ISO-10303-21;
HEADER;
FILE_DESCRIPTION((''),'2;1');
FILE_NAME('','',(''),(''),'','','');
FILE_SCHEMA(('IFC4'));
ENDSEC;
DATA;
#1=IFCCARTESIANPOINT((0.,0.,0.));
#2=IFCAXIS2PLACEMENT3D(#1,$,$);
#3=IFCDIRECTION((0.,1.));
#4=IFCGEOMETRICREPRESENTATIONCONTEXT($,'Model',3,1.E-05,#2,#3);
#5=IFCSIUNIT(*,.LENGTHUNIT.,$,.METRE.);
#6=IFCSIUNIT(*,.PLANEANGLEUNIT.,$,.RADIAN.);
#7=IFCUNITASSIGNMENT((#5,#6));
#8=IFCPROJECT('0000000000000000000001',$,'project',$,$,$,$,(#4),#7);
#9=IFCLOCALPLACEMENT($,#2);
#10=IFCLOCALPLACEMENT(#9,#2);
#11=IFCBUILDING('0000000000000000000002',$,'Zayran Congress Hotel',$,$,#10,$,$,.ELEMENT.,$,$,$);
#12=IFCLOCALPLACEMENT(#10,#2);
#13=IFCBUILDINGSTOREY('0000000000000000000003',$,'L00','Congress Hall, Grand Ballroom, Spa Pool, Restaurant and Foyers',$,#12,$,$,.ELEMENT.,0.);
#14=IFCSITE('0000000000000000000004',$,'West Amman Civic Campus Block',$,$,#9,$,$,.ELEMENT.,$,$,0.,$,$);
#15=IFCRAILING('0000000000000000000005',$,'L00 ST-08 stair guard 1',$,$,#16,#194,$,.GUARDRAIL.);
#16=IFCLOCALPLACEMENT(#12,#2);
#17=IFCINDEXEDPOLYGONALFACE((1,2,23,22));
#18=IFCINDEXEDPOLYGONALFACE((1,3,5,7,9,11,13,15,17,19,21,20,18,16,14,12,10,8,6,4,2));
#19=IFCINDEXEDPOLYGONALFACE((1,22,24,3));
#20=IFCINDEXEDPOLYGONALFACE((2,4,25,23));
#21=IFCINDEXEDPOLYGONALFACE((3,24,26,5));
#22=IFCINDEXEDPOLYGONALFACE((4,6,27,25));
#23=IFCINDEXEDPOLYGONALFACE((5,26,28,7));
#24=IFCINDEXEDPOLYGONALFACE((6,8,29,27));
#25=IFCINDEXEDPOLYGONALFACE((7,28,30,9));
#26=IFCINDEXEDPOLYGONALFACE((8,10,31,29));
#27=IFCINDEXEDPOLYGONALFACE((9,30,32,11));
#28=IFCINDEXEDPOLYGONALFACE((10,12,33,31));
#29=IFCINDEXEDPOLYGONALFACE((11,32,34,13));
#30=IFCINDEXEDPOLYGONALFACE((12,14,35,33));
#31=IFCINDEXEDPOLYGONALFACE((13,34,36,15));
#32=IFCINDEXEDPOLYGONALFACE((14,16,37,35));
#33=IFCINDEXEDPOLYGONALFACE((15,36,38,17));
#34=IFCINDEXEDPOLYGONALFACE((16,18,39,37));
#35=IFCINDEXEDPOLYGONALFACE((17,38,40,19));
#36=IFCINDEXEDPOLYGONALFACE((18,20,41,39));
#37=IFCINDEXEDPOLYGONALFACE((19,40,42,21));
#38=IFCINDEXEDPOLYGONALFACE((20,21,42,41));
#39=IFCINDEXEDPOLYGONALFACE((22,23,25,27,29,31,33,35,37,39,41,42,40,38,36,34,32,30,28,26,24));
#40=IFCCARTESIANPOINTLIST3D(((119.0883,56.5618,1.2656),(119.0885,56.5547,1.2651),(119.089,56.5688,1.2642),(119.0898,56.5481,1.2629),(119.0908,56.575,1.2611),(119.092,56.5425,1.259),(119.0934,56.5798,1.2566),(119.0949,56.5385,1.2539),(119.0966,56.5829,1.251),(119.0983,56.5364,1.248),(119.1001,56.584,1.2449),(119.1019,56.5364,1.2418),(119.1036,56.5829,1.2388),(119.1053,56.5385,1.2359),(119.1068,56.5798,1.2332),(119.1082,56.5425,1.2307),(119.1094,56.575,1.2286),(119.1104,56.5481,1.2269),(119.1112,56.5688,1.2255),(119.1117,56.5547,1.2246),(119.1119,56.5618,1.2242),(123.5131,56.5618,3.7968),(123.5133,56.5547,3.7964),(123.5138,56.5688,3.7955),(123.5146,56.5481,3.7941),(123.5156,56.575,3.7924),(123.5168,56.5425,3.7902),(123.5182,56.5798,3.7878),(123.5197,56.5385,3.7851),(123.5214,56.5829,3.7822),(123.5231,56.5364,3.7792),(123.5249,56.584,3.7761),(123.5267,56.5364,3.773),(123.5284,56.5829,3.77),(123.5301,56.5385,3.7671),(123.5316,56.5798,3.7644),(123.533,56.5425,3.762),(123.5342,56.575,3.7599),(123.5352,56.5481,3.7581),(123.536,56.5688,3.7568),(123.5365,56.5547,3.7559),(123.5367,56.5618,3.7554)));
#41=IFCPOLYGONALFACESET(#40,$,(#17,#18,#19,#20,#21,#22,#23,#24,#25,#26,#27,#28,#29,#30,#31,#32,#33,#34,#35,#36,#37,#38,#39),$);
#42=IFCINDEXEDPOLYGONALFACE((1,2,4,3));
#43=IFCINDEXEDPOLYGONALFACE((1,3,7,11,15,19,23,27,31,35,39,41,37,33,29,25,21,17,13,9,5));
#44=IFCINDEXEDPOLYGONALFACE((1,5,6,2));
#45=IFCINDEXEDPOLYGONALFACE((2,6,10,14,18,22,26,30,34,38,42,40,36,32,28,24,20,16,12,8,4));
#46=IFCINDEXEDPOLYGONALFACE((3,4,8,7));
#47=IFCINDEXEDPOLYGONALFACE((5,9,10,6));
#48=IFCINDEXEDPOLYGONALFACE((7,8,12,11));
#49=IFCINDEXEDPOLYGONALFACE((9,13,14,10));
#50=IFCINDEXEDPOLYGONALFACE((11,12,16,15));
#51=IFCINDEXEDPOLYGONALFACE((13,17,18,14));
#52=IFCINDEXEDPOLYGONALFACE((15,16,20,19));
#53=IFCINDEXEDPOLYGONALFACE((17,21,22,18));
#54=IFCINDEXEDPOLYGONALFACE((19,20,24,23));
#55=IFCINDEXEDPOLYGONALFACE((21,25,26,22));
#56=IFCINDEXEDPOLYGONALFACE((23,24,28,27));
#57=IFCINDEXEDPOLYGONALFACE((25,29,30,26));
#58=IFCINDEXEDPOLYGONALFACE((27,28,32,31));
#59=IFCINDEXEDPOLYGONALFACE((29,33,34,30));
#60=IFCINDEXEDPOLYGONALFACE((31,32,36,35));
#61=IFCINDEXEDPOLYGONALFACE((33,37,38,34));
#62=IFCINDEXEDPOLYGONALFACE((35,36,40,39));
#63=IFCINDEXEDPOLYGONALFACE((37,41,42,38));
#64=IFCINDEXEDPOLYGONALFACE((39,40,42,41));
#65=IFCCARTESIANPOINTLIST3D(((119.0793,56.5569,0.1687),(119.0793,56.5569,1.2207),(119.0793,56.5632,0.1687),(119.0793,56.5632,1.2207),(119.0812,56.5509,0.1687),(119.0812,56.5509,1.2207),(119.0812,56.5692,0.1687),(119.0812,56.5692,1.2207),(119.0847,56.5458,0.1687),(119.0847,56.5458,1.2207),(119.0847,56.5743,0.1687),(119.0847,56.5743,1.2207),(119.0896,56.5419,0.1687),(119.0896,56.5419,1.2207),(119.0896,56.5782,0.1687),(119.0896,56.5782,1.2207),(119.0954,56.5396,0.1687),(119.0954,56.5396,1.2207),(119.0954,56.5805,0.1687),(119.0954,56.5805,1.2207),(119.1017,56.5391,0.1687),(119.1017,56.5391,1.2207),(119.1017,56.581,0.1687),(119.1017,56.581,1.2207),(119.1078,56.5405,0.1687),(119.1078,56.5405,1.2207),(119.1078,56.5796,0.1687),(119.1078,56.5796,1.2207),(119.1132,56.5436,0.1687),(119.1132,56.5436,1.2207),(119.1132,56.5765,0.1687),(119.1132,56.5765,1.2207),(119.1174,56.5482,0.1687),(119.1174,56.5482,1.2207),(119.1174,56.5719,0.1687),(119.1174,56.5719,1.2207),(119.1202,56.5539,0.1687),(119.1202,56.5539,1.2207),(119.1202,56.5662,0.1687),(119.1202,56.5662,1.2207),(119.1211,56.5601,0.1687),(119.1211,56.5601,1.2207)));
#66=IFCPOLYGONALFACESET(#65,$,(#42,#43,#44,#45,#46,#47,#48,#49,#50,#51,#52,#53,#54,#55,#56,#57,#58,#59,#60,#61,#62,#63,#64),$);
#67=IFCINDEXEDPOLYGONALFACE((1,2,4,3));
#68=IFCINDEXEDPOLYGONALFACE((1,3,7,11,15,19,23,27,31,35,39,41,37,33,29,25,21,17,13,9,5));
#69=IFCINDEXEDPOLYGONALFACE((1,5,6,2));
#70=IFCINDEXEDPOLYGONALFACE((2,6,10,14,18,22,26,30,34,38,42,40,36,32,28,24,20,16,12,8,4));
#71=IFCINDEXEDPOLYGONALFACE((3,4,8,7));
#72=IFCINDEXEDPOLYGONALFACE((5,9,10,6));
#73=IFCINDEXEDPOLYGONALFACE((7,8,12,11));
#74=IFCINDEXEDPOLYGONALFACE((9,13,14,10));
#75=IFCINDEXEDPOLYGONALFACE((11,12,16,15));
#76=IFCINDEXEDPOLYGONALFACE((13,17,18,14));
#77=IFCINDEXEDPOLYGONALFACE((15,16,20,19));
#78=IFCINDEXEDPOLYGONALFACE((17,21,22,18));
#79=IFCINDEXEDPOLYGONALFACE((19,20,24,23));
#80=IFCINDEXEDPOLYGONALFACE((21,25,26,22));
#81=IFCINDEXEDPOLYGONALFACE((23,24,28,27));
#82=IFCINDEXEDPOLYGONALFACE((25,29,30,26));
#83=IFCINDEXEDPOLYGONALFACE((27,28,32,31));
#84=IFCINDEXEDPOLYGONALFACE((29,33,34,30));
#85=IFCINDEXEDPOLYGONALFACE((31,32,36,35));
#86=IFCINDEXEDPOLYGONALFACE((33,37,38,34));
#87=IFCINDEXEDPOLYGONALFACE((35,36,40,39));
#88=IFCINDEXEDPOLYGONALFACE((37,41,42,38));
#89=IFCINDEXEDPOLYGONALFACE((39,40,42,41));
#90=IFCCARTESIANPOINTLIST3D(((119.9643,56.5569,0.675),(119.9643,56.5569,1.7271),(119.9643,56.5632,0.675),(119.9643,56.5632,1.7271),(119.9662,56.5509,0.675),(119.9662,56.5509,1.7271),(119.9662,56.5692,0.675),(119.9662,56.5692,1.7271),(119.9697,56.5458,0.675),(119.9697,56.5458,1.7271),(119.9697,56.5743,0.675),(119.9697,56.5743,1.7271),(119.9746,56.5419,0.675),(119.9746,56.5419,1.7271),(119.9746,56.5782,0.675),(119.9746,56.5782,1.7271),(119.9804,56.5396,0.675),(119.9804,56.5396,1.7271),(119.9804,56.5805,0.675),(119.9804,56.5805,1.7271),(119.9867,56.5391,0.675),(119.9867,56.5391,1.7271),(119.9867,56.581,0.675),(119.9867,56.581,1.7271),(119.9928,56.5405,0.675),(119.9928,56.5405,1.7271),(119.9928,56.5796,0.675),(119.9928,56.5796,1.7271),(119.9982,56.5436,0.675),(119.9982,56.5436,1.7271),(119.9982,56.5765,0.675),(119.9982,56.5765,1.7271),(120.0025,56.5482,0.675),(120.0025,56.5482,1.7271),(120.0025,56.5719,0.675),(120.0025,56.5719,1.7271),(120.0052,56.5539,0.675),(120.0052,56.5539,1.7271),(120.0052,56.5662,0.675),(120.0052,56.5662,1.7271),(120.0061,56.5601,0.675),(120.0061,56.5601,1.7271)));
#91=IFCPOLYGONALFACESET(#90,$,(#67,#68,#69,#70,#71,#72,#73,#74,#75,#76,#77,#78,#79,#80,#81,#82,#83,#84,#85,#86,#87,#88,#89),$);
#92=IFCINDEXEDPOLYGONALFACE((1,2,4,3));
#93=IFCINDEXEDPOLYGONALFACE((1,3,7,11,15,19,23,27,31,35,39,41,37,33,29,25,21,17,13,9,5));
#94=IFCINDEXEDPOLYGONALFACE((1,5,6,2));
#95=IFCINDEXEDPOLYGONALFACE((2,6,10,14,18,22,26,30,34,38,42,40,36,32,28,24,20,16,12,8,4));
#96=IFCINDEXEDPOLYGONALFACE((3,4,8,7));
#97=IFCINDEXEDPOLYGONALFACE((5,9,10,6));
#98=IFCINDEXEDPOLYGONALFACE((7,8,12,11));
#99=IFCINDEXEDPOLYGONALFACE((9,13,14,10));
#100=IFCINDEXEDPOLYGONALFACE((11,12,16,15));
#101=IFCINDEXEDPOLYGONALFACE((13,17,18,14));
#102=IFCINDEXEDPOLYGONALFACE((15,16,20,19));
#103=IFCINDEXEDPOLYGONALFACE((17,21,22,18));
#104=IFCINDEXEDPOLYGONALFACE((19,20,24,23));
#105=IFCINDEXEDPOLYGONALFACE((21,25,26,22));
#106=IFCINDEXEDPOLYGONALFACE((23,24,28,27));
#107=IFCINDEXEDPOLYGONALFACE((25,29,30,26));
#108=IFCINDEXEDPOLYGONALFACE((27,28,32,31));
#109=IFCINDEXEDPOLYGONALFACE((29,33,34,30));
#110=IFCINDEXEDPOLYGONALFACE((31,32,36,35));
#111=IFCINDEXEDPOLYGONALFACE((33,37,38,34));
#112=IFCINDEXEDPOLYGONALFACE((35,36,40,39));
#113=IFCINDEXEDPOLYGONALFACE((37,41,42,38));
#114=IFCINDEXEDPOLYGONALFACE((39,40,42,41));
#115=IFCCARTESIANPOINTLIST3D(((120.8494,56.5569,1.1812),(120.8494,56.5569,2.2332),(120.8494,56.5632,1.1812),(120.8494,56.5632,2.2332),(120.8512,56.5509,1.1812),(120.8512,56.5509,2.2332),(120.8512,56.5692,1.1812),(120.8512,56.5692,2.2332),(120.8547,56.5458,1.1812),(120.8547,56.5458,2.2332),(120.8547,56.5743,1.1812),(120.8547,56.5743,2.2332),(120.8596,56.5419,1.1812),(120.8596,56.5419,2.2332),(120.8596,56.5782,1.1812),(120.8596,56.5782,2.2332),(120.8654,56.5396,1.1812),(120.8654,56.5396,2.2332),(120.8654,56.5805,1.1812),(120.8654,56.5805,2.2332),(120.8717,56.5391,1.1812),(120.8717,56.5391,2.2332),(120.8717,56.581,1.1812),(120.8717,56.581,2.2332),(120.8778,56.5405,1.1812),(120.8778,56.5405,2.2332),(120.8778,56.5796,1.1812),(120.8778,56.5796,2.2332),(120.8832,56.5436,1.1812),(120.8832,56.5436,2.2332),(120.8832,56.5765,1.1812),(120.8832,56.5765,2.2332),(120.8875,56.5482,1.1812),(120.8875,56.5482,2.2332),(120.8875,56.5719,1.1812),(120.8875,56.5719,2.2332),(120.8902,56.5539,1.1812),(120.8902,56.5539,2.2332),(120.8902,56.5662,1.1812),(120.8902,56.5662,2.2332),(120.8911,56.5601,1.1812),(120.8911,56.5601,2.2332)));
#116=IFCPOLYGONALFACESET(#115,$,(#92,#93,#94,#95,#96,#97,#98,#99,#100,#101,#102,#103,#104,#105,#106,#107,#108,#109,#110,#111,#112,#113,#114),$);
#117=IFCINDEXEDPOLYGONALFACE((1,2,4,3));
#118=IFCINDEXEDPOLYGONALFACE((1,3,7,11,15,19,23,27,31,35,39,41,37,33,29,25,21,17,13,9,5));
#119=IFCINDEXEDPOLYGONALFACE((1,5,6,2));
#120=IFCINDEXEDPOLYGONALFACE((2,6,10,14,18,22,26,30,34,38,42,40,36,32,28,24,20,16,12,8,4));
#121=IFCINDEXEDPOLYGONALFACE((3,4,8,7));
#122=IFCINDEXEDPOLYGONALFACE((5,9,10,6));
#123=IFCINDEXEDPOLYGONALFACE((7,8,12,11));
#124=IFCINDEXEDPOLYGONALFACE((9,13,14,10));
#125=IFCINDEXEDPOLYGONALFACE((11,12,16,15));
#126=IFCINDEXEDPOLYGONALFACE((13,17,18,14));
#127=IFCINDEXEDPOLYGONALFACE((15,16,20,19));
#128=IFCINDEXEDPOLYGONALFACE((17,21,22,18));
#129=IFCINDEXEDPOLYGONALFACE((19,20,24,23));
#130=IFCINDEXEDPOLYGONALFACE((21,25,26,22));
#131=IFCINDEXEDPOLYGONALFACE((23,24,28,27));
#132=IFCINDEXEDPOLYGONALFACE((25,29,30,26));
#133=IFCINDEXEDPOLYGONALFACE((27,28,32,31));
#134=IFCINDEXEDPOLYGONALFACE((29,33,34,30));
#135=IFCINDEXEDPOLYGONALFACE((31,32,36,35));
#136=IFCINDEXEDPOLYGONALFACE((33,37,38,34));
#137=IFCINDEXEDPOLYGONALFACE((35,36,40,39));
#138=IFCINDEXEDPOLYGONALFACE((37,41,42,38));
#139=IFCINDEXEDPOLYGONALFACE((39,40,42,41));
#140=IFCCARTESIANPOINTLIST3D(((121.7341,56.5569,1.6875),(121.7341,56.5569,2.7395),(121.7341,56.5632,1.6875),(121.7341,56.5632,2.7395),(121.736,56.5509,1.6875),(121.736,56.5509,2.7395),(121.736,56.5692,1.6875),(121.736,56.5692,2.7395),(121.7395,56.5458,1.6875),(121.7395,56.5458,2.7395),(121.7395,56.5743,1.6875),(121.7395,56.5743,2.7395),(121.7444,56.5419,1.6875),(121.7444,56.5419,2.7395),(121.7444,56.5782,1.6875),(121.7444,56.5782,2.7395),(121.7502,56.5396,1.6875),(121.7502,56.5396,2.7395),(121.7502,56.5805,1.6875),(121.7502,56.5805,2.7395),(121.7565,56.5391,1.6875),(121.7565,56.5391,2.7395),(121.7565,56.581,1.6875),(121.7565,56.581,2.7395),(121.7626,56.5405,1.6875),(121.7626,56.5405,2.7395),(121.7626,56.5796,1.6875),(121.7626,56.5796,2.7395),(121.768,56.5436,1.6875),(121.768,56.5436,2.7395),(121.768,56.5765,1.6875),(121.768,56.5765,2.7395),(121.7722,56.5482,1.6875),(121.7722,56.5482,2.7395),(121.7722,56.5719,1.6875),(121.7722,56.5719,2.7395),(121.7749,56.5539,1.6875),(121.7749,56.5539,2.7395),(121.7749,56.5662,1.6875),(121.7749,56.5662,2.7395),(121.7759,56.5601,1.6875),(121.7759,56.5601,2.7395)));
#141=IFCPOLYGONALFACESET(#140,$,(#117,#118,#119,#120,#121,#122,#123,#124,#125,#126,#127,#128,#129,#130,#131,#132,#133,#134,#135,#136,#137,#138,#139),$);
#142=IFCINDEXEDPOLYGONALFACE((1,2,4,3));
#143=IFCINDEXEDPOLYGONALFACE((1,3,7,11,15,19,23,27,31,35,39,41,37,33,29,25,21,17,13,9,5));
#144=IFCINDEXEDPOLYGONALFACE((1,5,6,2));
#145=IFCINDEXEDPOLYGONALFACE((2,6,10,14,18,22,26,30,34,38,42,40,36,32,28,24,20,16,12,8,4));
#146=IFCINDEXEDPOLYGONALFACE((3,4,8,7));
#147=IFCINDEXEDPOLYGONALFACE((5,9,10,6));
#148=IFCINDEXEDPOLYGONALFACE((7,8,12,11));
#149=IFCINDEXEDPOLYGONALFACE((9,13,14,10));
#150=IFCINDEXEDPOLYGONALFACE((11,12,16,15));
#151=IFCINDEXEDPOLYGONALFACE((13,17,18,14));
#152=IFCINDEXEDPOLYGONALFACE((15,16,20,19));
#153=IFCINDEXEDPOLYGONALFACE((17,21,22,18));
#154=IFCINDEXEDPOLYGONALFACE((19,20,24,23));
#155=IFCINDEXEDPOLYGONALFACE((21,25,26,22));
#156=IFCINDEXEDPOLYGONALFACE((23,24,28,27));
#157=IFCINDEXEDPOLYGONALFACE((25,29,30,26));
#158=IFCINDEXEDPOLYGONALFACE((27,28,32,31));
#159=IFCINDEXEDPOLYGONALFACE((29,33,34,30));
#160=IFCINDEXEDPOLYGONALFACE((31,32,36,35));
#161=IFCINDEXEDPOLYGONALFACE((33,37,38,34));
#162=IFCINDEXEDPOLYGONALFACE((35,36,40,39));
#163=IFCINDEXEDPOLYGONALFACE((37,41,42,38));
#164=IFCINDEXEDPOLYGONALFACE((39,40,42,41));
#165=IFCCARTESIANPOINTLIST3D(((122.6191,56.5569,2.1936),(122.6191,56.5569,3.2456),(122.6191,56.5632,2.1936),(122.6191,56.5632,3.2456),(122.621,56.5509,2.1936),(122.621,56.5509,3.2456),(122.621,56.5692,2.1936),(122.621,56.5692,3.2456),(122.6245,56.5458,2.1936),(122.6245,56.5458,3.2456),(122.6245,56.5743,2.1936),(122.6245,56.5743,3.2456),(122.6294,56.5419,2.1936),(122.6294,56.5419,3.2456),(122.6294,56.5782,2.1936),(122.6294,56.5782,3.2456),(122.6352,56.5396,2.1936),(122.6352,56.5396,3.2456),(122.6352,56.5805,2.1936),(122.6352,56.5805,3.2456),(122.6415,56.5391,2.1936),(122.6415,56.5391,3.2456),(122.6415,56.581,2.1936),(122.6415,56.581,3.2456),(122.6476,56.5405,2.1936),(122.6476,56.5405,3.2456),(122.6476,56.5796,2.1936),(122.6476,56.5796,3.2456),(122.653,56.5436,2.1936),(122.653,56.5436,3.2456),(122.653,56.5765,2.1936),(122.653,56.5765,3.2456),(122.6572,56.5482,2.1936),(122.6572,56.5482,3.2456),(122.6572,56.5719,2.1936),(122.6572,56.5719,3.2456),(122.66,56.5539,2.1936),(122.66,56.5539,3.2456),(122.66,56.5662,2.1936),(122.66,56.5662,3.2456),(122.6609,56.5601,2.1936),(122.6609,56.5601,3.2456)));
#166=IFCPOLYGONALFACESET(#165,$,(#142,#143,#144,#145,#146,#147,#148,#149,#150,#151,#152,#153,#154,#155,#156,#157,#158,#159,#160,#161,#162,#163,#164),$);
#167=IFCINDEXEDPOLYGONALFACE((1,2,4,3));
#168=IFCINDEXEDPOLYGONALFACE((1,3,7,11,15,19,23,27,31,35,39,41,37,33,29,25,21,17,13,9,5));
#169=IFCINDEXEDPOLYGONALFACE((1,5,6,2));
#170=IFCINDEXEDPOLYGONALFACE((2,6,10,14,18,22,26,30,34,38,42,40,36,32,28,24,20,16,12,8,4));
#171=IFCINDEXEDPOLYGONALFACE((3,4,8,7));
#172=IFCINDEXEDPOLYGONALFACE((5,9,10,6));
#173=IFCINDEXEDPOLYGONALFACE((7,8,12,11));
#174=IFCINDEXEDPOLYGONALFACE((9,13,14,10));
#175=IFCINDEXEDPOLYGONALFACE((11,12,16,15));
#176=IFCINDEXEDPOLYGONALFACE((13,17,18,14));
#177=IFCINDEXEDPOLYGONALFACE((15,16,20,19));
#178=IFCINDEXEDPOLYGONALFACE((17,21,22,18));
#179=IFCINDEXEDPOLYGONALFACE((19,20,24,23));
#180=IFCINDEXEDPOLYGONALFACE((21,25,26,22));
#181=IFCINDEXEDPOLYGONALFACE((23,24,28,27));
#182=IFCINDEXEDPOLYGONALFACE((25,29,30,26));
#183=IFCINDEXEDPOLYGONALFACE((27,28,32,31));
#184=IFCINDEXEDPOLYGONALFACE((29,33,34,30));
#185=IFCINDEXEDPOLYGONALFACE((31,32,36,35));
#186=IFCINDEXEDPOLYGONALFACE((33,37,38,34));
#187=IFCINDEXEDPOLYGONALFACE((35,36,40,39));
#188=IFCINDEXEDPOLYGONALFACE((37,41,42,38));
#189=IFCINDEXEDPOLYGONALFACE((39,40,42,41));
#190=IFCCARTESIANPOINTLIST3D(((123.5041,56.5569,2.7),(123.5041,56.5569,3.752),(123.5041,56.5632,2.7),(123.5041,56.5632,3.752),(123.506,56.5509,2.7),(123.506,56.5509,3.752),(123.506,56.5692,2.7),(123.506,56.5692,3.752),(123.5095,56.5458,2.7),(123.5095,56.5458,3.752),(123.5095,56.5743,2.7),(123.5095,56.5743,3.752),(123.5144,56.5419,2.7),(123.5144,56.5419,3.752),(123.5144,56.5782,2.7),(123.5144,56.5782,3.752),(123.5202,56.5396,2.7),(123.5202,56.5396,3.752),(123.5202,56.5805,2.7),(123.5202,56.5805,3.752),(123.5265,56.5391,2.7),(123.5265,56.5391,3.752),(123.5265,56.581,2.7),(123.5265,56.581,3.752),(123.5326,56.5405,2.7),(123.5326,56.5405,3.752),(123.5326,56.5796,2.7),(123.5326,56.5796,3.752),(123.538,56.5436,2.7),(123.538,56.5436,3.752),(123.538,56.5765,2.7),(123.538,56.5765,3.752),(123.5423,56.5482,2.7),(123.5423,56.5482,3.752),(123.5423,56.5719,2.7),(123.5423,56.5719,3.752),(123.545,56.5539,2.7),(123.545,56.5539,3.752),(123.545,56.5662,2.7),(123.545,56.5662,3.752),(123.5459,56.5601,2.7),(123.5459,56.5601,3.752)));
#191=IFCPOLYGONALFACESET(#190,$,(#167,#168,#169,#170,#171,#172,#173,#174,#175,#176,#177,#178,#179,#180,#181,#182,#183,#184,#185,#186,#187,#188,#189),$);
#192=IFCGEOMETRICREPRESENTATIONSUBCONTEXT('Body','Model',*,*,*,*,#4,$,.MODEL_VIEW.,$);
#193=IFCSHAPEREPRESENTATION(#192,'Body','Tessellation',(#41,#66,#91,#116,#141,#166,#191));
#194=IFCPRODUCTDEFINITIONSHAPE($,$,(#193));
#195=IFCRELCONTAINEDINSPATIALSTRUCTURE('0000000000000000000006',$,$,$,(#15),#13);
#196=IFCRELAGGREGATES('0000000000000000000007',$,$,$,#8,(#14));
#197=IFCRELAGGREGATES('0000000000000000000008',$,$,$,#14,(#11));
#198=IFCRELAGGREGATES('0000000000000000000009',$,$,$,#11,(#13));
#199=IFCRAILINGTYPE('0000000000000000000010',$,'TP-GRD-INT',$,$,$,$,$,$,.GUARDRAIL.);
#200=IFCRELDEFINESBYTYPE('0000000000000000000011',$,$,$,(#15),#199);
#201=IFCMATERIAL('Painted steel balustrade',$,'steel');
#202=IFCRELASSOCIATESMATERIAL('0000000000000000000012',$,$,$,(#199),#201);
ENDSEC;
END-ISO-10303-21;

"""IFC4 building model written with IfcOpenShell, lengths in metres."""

from ifc_helpers import new_model, si_unit, direction, frame, origin, origin_2d, place, context, subcontext, project, spatial, circle, extrude, material, type_object, element, save


model = new_model("IFC4")

# Units and contexts
model_context = context("Model", 3, precision=1e-05, world=origin(), true_north=direction((0.0, 1.0)))
body_context = subcontext(model_context, "Body", "Model", "MODEL_VIEW")
ifc_project = project(units=[si_unit("LENGTHUNIT", "METRE"), si_unit("PLANEANGLEUNIT", "RADIAN")], contexts=[model_context])

# Site, building, storey
site_placement = place(None, origin())
site = spatial("IfcSite", under=ifc_project, at=site_placement, Name="West Amman Civic Campus Block", CompositionType="ELEMENT", RefElevation=0.0)
building_placement = place(site_placement, origin())
building = spatial("IfcBuilding", under=site, at=building_placement, Name="Zayran Congress Hotel", CompositionType="ELEMENT")
storey_placement = place(building_placement, origin())
storey = spatial("IfcBuildingStorey", under=building, at=storey_placement, Name="L00", Description="Congress Hall, Grand Ballroom, Spa Pool, Restaurant and Foyers", CompositionType="ELEMENT", Elevation=0.0)

# Railing
ifc_material_1 = material(Name="Painted steel balustrade", Category="steel")
railing_type_1 = type_object("IfcRailingType", Name="TP-GRD-INT", PredefinedType="GUARDRAIL", material=ifc_material_1)
railing_1_placement = place(storey_placement, frame((119.1001, 56.5601, 0.1687)))
element("IfcRailing", 1, at=railing_1_placement, inside=storey, type_object=railing_type_1, Name="L00 ST-08 stair guard 1", PredefinedType="GUARDRAIL", context=body_context, shape_type="SweptSolid", body=[
    extrude(circle(Radius=0.0239, at=origin_2d()), frame((0.0, 0.0, 1.0762), z_axis=(0.868007, 0.0, 0.496551), x_axis=(0.0, 1.0, 0.0)), (0.0, 0.0, 1.0), 5.0977),
    extrude(circle(Radius=0.021, at=origin_2d()), origin(), (0.0, 0.0, 1.0), 1.052),
    extrude(circle(Radius=0.021, at=origin_2d()), frame((0.885, 0.0, 0.5063)), (0.0, 0.0, 1.0), 1.052),
    extrude(circle(Radius=0.021, at=origin_2d()), frame((1.77, 0.0, 1.0125)), (0.0, 0.0, 1.0), 1.052),
    extrude(circle(Radius=0.021, at=origin_2d()), frame((2.6548, 0.0, 1.5188)), (0.0, 0.0, 1.0), 1.052),
    extrude(circle(Radius=0.021, at=origin_2d()), frame((3.5398, 0.0, 2.0249)), (0.0, 0.0, 1.0), 1.052),
    extrude(circle(Radius=0.021, at=origin_2d()), frame((4.4248, 0.0, 2.5312)), (0.0, 0.0, 1.0), 1.052),
])

save(model, "model.ifc")
